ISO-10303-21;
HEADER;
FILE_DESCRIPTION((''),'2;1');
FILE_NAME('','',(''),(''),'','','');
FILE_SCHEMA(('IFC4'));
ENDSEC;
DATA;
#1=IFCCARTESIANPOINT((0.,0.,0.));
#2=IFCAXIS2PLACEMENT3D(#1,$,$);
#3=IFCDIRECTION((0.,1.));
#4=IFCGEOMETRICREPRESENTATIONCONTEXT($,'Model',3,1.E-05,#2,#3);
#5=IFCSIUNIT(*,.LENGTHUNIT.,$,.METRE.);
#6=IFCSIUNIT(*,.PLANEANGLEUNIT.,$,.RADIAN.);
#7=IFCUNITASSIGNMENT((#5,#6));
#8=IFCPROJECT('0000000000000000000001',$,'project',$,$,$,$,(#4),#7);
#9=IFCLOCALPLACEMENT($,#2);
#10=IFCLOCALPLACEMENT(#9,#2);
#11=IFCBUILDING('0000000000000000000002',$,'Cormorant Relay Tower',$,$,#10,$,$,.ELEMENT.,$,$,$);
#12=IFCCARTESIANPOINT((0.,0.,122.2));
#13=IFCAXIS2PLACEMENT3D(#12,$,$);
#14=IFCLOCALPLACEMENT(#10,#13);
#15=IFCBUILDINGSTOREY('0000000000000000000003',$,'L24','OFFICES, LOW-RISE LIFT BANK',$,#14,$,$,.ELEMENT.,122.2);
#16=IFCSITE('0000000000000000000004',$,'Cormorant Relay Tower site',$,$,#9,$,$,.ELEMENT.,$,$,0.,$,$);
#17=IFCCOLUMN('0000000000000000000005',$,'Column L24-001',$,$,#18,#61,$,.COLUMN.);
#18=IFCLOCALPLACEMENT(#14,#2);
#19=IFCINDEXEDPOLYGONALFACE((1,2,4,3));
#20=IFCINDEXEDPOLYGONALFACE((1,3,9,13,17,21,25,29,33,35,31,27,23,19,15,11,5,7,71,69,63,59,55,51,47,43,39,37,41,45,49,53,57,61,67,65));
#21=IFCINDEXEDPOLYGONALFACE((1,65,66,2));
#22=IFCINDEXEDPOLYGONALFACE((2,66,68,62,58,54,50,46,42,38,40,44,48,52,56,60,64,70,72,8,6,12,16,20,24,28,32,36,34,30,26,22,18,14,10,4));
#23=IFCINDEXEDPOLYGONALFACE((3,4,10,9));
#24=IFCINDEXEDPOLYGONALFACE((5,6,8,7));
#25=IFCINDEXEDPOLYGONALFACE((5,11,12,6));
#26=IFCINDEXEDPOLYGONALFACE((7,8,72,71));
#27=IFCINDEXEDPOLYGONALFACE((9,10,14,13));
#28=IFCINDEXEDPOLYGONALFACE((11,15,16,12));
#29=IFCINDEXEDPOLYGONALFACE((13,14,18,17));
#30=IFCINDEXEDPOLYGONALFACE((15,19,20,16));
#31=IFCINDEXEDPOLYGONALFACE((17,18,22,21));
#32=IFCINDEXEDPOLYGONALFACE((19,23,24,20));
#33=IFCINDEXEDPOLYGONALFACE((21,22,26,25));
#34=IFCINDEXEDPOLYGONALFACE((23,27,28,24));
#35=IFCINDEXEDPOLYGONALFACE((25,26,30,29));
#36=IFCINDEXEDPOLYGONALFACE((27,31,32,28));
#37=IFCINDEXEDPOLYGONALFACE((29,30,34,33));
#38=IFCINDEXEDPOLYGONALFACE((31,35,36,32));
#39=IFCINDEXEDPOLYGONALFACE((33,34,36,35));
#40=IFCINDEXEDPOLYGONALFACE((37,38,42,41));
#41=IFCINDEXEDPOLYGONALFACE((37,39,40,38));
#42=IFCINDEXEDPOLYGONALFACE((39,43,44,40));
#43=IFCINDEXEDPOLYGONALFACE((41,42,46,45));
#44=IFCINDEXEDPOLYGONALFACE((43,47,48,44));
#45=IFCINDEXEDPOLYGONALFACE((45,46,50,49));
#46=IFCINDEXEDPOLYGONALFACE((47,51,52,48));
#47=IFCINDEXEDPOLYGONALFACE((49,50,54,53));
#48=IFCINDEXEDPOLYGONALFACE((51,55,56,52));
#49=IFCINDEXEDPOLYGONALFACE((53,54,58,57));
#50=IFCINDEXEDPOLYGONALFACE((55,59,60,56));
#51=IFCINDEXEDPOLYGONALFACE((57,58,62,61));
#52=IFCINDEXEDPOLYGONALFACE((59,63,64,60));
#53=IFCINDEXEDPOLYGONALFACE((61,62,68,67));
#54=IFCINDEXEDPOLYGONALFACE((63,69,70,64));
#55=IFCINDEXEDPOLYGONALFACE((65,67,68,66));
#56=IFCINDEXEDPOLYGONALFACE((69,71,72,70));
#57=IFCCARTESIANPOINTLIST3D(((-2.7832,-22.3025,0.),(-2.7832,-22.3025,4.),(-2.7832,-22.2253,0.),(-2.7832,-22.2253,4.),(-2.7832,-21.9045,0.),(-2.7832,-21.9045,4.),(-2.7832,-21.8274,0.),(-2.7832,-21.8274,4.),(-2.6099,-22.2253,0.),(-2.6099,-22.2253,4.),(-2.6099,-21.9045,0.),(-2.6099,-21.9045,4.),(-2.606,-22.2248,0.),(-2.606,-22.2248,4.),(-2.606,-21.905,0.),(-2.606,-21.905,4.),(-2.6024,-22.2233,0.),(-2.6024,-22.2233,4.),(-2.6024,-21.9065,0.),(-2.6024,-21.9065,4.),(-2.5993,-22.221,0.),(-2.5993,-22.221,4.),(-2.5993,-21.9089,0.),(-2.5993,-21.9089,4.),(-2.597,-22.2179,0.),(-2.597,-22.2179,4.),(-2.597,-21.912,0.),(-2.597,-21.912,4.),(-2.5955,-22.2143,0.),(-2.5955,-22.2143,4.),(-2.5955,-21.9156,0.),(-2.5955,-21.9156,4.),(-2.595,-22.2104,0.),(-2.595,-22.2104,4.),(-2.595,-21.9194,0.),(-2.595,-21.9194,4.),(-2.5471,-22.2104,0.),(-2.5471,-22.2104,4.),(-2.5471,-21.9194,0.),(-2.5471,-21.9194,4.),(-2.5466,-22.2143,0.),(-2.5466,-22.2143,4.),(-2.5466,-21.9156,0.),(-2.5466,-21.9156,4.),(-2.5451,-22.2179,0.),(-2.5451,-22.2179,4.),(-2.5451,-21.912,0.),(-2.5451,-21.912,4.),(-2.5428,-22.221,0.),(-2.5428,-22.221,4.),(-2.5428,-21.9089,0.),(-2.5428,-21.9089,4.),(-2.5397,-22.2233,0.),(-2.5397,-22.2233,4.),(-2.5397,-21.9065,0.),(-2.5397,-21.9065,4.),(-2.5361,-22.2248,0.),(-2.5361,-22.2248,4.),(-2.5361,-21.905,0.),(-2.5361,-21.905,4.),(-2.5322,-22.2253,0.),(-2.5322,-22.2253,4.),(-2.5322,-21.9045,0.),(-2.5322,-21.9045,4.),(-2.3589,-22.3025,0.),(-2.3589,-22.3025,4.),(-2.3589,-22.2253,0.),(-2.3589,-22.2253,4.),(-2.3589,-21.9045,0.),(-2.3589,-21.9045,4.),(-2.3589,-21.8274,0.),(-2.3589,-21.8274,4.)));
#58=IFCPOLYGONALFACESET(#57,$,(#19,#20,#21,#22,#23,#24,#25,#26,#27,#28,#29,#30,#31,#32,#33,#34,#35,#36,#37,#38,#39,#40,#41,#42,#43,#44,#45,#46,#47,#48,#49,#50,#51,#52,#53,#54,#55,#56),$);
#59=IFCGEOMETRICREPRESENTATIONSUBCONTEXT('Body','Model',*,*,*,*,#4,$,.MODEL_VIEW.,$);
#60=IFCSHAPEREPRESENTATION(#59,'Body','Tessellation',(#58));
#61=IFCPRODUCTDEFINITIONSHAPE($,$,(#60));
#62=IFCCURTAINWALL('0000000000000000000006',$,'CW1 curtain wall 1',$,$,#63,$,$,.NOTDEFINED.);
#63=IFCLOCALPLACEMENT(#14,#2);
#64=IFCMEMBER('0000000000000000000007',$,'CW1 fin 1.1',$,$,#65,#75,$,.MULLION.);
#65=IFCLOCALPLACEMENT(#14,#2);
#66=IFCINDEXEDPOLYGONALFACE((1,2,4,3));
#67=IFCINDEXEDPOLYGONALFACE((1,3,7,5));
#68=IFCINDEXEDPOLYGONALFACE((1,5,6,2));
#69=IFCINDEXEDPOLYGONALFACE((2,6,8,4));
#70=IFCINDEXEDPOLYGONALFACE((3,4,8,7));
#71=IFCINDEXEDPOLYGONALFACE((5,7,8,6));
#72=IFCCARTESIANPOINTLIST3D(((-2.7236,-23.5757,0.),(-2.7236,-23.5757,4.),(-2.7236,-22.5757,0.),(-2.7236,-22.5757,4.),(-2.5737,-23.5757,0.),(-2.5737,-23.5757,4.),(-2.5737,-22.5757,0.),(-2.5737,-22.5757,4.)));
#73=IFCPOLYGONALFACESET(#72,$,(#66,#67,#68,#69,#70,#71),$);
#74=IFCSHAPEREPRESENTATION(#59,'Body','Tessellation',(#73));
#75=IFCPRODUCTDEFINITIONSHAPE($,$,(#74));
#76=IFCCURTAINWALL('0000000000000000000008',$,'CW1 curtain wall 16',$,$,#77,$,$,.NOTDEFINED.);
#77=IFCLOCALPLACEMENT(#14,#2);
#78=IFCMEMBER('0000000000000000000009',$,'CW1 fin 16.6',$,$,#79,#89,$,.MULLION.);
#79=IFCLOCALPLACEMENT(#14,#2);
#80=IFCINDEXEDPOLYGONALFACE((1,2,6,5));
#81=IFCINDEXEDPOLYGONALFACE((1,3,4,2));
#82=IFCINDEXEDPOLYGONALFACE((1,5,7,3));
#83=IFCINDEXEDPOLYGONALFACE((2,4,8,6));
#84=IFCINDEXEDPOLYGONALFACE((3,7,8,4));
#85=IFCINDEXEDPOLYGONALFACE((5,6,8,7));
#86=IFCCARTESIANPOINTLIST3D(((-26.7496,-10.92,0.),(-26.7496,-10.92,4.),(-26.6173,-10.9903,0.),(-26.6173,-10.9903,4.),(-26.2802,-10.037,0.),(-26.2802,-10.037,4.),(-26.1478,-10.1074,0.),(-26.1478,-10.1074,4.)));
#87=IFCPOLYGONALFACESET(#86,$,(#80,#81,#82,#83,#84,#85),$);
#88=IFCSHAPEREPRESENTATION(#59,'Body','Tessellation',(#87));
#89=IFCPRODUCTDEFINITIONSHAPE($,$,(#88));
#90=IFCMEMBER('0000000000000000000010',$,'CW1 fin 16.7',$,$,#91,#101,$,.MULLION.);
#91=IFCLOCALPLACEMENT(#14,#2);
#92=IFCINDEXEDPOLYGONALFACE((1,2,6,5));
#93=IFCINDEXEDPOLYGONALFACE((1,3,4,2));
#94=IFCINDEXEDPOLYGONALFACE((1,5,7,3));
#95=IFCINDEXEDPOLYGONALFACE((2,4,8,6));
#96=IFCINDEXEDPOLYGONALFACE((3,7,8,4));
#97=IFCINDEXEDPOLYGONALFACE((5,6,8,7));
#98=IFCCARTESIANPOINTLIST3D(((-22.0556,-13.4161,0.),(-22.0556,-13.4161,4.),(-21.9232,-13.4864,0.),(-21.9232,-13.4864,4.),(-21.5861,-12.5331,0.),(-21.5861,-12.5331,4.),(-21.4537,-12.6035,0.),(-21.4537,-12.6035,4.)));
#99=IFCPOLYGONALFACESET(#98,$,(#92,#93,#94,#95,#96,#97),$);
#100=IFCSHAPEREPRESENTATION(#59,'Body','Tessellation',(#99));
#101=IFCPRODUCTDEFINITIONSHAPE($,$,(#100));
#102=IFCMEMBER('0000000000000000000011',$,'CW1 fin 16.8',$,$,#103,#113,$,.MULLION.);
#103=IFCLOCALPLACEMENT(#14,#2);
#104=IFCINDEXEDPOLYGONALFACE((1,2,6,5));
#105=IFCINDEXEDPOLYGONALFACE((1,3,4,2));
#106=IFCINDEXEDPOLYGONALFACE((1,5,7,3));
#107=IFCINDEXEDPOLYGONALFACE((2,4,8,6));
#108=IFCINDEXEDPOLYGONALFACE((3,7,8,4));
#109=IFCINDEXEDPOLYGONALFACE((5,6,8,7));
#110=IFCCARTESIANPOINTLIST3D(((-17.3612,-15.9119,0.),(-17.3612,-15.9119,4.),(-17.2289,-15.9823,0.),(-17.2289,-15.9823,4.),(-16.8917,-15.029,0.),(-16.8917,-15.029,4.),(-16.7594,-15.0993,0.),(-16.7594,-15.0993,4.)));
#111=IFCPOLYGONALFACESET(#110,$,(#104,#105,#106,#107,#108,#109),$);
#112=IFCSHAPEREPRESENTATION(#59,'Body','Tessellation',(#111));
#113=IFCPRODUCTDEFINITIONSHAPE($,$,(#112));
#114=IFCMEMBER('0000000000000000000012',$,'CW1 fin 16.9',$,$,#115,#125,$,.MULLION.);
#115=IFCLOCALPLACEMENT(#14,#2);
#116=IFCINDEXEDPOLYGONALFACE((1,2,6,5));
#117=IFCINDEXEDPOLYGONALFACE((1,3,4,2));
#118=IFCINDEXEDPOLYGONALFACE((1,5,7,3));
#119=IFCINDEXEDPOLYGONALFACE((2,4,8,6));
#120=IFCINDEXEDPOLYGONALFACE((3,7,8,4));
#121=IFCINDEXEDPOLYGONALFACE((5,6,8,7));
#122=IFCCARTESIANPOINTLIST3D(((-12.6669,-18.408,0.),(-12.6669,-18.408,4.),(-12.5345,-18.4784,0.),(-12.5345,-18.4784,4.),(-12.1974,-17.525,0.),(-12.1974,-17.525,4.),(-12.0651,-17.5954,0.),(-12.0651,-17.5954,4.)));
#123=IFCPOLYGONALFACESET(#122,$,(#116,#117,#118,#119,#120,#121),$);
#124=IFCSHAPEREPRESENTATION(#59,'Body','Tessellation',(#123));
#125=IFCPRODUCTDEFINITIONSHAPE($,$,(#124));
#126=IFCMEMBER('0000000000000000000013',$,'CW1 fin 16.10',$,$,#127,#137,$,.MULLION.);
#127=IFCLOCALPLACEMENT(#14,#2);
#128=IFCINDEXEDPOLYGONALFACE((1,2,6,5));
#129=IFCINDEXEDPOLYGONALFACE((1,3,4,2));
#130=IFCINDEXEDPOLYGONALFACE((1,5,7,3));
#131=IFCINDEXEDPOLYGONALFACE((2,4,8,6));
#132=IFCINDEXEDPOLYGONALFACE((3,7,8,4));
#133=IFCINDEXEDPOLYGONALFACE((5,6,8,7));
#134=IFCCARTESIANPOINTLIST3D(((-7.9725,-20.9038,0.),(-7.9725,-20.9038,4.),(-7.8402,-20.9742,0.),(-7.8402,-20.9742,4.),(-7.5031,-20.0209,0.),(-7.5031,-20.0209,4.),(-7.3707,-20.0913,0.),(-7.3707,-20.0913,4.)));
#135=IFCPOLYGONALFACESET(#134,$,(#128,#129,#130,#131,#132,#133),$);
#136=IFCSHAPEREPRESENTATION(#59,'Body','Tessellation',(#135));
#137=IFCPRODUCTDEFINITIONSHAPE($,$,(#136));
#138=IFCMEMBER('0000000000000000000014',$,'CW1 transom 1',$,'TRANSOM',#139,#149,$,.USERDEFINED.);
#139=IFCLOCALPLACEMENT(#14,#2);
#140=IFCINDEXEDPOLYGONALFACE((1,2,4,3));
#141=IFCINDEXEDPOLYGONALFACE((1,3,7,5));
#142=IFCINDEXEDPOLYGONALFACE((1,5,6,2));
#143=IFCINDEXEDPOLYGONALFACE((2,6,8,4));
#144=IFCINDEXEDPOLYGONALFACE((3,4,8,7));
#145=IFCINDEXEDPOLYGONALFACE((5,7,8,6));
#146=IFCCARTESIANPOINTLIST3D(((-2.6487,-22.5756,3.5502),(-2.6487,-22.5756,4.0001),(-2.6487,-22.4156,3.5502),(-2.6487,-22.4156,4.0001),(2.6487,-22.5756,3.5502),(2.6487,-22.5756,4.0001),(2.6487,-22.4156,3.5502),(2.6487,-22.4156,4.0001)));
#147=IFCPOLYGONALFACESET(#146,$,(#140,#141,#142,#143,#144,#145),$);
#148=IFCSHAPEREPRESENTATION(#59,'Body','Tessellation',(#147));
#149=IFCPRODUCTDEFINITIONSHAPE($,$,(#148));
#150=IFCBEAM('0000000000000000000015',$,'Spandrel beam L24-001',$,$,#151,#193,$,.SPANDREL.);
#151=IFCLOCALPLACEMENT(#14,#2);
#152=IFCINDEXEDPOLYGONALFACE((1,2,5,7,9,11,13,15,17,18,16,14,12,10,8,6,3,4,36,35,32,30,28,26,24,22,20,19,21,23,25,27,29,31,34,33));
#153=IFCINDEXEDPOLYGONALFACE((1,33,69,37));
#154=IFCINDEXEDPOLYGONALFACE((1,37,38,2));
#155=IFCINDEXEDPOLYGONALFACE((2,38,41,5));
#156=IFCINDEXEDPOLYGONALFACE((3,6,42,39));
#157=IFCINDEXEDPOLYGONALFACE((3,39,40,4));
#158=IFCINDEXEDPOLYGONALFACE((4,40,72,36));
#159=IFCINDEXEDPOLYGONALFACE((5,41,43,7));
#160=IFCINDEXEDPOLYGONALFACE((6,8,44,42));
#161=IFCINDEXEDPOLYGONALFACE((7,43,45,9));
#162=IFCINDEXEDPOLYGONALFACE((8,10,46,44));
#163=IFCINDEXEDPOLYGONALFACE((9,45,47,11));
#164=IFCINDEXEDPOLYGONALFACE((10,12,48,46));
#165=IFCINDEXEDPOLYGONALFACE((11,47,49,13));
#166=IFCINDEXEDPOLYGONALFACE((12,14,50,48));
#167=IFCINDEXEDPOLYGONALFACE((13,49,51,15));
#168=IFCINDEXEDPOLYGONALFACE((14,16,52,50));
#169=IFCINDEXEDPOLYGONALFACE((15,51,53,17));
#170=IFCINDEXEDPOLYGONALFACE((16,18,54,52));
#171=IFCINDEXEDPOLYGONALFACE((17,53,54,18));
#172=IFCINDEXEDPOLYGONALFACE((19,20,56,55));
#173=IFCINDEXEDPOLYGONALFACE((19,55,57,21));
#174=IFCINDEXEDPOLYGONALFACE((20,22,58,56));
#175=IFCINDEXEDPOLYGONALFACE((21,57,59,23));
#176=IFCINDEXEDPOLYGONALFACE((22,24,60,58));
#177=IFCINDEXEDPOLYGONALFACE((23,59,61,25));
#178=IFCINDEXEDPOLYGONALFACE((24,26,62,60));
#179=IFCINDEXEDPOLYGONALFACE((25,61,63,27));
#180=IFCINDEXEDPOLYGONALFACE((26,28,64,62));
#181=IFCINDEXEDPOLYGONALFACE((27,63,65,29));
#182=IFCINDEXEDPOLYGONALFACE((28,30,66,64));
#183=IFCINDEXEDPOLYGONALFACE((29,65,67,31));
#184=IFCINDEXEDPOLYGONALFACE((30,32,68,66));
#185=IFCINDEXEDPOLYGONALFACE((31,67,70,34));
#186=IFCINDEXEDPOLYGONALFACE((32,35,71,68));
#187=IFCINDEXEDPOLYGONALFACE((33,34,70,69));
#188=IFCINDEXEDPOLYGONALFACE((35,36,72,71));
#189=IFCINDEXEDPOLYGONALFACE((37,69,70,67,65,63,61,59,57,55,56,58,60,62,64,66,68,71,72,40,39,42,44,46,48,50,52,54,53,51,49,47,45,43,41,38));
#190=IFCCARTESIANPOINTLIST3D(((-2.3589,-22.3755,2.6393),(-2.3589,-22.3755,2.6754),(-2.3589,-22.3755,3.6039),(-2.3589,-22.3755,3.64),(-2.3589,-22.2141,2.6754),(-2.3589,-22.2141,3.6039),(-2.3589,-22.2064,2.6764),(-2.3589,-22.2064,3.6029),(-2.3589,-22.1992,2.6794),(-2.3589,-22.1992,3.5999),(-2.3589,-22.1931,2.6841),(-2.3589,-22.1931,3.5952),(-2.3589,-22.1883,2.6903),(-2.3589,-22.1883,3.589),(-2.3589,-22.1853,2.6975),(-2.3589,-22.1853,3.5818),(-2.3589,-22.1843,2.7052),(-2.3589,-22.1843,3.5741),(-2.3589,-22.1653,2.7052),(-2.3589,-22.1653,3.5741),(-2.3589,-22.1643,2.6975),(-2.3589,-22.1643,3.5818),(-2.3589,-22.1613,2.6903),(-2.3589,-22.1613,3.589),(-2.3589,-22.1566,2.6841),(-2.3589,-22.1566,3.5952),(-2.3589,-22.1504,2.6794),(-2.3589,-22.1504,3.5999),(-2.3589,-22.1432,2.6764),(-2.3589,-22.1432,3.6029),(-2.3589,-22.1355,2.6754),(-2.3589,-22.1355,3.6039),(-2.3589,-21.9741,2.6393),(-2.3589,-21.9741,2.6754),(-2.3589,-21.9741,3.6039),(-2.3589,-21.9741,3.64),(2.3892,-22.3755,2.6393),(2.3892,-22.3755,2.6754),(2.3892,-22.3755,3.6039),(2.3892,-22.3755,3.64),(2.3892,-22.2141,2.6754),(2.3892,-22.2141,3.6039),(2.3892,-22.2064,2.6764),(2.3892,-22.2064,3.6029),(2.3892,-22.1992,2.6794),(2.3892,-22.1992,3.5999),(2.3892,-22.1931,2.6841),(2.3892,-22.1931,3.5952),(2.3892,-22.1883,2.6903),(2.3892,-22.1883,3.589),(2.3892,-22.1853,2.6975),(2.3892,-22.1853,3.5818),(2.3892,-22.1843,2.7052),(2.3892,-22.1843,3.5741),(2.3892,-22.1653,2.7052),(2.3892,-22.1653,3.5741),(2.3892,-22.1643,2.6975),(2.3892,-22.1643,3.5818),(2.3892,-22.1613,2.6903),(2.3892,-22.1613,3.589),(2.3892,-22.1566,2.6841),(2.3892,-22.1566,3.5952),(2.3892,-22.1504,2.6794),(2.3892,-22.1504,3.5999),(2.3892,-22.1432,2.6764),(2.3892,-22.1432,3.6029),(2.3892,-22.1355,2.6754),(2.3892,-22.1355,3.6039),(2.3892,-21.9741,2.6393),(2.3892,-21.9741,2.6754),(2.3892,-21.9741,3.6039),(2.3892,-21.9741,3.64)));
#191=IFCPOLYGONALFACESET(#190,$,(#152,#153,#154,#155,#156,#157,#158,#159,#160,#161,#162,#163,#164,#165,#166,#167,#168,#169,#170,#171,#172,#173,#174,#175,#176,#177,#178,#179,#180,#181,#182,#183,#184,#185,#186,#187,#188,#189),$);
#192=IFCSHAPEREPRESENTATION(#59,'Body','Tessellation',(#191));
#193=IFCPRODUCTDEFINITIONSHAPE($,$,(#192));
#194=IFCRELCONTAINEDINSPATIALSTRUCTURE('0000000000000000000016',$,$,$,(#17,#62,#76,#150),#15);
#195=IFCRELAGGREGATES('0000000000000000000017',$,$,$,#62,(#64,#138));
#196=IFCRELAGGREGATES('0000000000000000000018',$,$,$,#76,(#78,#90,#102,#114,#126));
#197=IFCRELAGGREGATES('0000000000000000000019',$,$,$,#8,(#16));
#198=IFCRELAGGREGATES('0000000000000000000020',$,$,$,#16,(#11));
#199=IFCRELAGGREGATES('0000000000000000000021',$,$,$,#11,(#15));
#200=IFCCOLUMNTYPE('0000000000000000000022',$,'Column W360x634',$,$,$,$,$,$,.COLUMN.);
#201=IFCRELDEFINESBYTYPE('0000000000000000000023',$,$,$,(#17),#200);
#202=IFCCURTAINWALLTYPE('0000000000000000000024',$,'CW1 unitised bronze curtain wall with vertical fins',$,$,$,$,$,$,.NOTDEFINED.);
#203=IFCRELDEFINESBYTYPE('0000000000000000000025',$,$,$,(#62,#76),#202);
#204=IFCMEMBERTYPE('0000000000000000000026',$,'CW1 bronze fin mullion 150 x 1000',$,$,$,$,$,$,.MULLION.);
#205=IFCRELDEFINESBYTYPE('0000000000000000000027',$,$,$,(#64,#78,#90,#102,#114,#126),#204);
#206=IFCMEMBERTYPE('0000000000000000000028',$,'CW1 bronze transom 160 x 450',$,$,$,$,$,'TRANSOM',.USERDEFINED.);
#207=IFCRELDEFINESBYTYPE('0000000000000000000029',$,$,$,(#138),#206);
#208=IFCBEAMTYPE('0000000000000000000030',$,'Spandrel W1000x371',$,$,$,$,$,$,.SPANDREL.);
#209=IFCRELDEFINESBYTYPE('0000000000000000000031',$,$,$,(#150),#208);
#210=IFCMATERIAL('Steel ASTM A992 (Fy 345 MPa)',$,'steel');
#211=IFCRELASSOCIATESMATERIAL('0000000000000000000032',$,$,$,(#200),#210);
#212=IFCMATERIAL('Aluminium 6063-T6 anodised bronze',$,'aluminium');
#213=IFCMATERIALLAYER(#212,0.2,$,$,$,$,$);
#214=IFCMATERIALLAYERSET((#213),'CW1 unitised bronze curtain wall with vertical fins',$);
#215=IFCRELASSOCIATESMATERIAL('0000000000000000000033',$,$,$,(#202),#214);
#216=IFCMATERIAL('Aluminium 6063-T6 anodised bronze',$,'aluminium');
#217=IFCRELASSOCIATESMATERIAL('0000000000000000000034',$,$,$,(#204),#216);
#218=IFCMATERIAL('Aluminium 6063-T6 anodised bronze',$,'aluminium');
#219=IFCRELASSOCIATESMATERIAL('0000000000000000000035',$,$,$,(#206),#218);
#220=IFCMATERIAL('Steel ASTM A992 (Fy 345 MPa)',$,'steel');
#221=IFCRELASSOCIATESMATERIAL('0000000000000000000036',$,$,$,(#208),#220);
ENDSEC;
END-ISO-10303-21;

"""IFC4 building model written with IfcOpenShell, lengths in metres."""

from ifc_helpers import new_model, si_unit, direction, frame, origin, origin_2d, place, context, subcontext, project, spatial, rectangle, i_section, extrude, material, layer, layer_set, material_profile, profile_set, type_object, element, aggregate, save


model = new_model("IFC4")

# Units and contexts
model_context = context("Model", 3, precision=1e-05, world=origin(), true_north=direction((0.0, 1.0)))
body_context = subcontext(model_context, "Body", "Model", "MODEL_VIEW")
ifc_project = project(units=[si_unit("LENGTHUNIT", "METRE"), si_unit("PLANEANGLEUNIT", "RADIAN")], contexts=[model_context])

# Site, building, storey
site_placement = place(None, origin())
site = spatial("IfcSite", under=ifc_project, at=site_placement, Name="Cormorant Relay Tower site", CompositionType="ELEMENT", RefElevation=0.0)
building_placement = place(site_placement, origin())
building = spatial("IfcBuilding", under=site, at=building_placement, Name="Cormorant Relay Tower", CompositionType="ELEMENT")
storey_placement = place(building_placement, frame((0.0, 0.0, 122.2)))
storey = spatial("IfcBuildingStorey", under=building, at=storey_placement, Name="L24", Description="OFFICES, LOW-RISE LIFT BANK", CompositionType="ELEMENT", Elevation=122.2)

# Column
ifc_material_1 = material(Name="Steel ASTM A992 (Fy 345 MPa)", Category="steel")
ifc_material_profile_1 = material_profile(ifc_material_1, i_section(OverallWidth=0.4243, OverallDepth=0.4751, WebThickness=0.0479, FlangeThickness=0.0771, FilletRadius=0.0149, at=origin_2d()), Name="W360x634")
ifc_profile_set_1 = profile_set([ifc_material_profile_1], Name="Steel ASTM A992 (Fy 345 MPa)")
column_type_1 = type_object("IfcColumnType", Name="Column W360x634", PredefinedType="COLUMN", material=ifc_profile_set_1)
column_1_placement = place(storey_placement, frame((-2.571, -22.0649, 0.0), z_axis=(0.0, 0.0, 1.0), x_axis=(1.0, 0.0, 0.0)))
element("IfcColumn", 1, at=column_1_placement, inside=storey, type_object=column_type_1, Name="Column L24-001", PredefinedType="COLUMN", context=body_context, shape_type="SweptSolid", body=[
    extrude(i_section(OverallWidth=0.4243, OverallDepth=0.4751, WebThickness=0.0479, FlangeThickness=0.0771, FilletRadius=0.0149, at=origin_2d()), origin(), (0.0, 0.0, 1.0), 4.0),
])

# Curtain wall, member
ifc_material_2 = material(Name="Aluminium 6063-T6 anodised bronze", Category="aluminium")
ifc_layer_1 = layer(ifc_material_2, 0.2)
ifc_layer_set_1 = layer_set([ifc_layer_1], Name="CW1 unitised bronze curtain wall with vertical fins")
curtain_wall_type = type_object("IfcCurtainWallType", Name="CW1 unitised bronze curtain wall with vertical fins", PredefinedType="NOTDEFINED", material=ifc_layer_set_1)
curtain_wall_1_placement = place(storey_placement, origin())
curtain_wall_1 = element("IfcCurtainWall", 2, at=curtain_wall_1_placement, inside=storey, type_object=curtain_wall_type, Name="CW1 curtain wall 1", PredefinedType="NOTDEFINED")
ifc_material_3 = material(Name="Aluminium 6063-T6 anodised bronze", Category="aluminium")
ifc_material_profile_2 = material_profile(ifc_material_3, rectangle(XDim=0.1499, YDim=1.0, at=origin_2d()), Name="AL 150x1000")
ifc_profile_set_2 = profile_set([ifc_material_profile_2], Name="Aluminium 6063-T6 anodised bronze")
member_type_1 = type_object("IfcMemberType", Name="CW1 bronze fin mullion 150 x 1000", PredefinedType="MULLION", material=ifc_profile_set_2)
member_1_placement = place(storey_placement, frame((-2.6487, -23.0757, 0.0), z_axis=(0.0, 0.0, 1.0), x_axis=(1.0, 0.0, 0.0)))
member_1 = element("IfcMember", 3, at=member_1_placement, type_object=member_type_1, Name="CW1 fin 1.1", PredefinedType="MULLION", context=body_context, shape_type="SweptSolid", body=[
    extrude(rectangle(XDim=0.1499, YDim=1.0, at=origin_2d()), origin(), (0.0, 0.0, 1.0), 4.0),
])

# Curtain wall, members
curtain_wall_2_placement = place(storey_placement, origin())
curtain_wall_2 = element("IfcCurtainWall", 4, at=curtain_wall_2_placement, inside=storey, type_object=curtain_wall_type, Name="CW1 curtain wall 16", PredefinedType="NOTDEFINED")
member_2_placement = place(storey_placement, frame((-26.4487, -10.5137, 0.0), z_axis=(0.0, 0.0, 1.0), x_axis=(0.882948, -0.469472, 0.0)))
member_2 = element("IfcMember", 5, at=member_2_placement, type_object=member_type_1, Name="CW1 fin 16.6", PredefinedType="MULLION", context=body_context, shape_type="SweptSolid", body=[
    extrude(rectangle(XDim=0.1499, YDim=1.0, at=origin_2d()), origin(), (0.0, 0.0, 1.0), 4.0),
])
member_3_placement = place(storey_placement, frame((-21.7546, -13.0098, 0.0), z_axis=(0.0, 0.0, 1.0), x_axis=(0.882948, -0.469472, 0.0)))
member_3 = element("IfcMember", 6, at=member_3_placement, type_object=member_type_1, Name="CW1 fin 16.7", PredefinedType="MULLION", context=body_context, shape_type="SweptSolid", body=[
    extrude(rectangle(XDim=0.1499, YDim=1.0, at=origin_2d()), origin(), (0.0, 0.0, 1.0), 4.0),
])
member_4_placement = place(storey_placement, frame((-17.0603, -15.5056, 0.0), z_axis=(0.0, 0.0, 1.0), x_axis=(0.882948, -0.469472, 0.0)))
member_4 = element("IfcMember", 7, at=member_4_placement, type_object=member_type_1, Name="CW1 fin 16.8", PredefinedType="MULLION", context=body_context, shape_type="SweptSolid", body=[
    extrude(rectangle(XDim=0.1499, YDim=1.0, at=origin_2d()), origin(), (0.0, 0.0, 1.0), 4.0),
])
member_5_placement = place(storey_placement, frame((-12.366, -18.0017, 0.0), z_axis=(0.0, 0.0, 1.0), x_axis=(0.882948, -0.469472, 0.0)))
member_5 = element("IfcMember", 8, at=member_5_placement, type_object=member_type_1, Name="CW1 fin 16.9", PredefinedType="MULLION", context=body_context, shape_type="SweptSolid", body=[
    extrude(rectangle(XDim=0.1499, YDim=1.0, at=origin_2d()), origin(), (0.0, 0.0, 1.0), 4.0),
])
member_6_placement = place(storey_placement, frame((-7.6716, -20.4976, 0.0), z_axis=(0.0, 0.0, 1.0), x_axis=(0.882948, -0.469472, 0.0)))
member_6 = element("IfcMember", 9, at=member_6_placement, type_object=member_type_1, Name="CW1 fin 16.10", PredefinedType="MULLION", context=body_context, shape_type="SweptSolid", body=[
    extrude(rectangle(XDim=0.1499, YDim=1.0, at=origin_2d()), origin(), (0.0, 0.0, 1.0), 4.0),
])

# Member
ifc_material_4 = material(Name="Aluminium 6063-T6 anodised bronze", Category="aluminium")
ifc_material_profile_3 = material_profile(ifc_material_4, rectangle(XDim=0.1599, YDim=0.45, at=origin_2d()), Name="AL 160x450")
ifc_profile_set_3 = profile_set([ifc_material_profile_3], Name="Aluminium 6063-T6 anodised bronze")
member_type_2 = type_object("IfcMemberType", Name="CW1 bronze transom 160 x 450", ElementType="TRANSOM", PredefinedType="USERDEFINED", material=ifc_profile_set_3)
member_7_placement = place(storey_placement, frame((-2.6487, -22.4956, 3.7751), z_axis=(1.0, 0.0, 0.0), x_axis=(0.0, 1.0, 0.0)))
member_7 = element("IfcMember", 10, at=member_7_placement, type_object=member_type_2, Name="CW1 transom 1", ObjectType="TRANSOM", PredefinedType="USERDEFINED", context=body_context, shape_type="SweptSolid", body=[
    extrude(rectangle(XDim=0.1599, YDim=0.45, at=origin_2d()), origin(), (0.0, 0.0, 1.0), 5.2974),
])

# Beam
ifc_material_5 = material(Name="Steel ASTM A992 (Fy 345 MPa)", Category="steel")
ifc_material_profile_4 = material_profile(ifc_material_5, i_section(OverallWidth=0.4014, OverallDepth=1.0007, WebThickness=0.019, FlangeThickness=0.0361, FilletRadius=0.0298, at=origin_2d()), Name="W1000x371")
ifc_profile_set_4 = profile_set([ifc_material_profile_4], Name="Steel ASTM A992 (Fy 345 MPa)")
beam_type = type_object("IfcBeamType", Name="Spandrel W1000x371", PredefinedType="SPANDREL", material=ifc_profile_set_4)
beam_placement = place(storey_placement, frame((-2.3589, -22.1748, 3.1396), z_axis=(1.0, 0.0, 0.0), x_axis=(0.0, 1.0, 0.0)))
element("IfcBeam", 11, at=beam_placement, inside=storey, type_object=beam_type, Name="Spandrel beam L24-001", PredefinedType="SPANDREL", context=body_context, shape_type="SweptSolid", body=[
    extrude(i_section(OverallWidth=0.4014, OverallDepth=1.0007, WebThickness=0.019, FlangeThickness=0.0361, FilletRadius=0.0298, at=origin_2d()), origin(), (0.0, 0.0, 1.0), 4.748),
])

aggregate(curtain_wall_1, [member_1, member_7])
aggregate(curtain_wall_2, [member_2, member_3, member_4, member_5, member_6])

save(model, "model.ifc")
